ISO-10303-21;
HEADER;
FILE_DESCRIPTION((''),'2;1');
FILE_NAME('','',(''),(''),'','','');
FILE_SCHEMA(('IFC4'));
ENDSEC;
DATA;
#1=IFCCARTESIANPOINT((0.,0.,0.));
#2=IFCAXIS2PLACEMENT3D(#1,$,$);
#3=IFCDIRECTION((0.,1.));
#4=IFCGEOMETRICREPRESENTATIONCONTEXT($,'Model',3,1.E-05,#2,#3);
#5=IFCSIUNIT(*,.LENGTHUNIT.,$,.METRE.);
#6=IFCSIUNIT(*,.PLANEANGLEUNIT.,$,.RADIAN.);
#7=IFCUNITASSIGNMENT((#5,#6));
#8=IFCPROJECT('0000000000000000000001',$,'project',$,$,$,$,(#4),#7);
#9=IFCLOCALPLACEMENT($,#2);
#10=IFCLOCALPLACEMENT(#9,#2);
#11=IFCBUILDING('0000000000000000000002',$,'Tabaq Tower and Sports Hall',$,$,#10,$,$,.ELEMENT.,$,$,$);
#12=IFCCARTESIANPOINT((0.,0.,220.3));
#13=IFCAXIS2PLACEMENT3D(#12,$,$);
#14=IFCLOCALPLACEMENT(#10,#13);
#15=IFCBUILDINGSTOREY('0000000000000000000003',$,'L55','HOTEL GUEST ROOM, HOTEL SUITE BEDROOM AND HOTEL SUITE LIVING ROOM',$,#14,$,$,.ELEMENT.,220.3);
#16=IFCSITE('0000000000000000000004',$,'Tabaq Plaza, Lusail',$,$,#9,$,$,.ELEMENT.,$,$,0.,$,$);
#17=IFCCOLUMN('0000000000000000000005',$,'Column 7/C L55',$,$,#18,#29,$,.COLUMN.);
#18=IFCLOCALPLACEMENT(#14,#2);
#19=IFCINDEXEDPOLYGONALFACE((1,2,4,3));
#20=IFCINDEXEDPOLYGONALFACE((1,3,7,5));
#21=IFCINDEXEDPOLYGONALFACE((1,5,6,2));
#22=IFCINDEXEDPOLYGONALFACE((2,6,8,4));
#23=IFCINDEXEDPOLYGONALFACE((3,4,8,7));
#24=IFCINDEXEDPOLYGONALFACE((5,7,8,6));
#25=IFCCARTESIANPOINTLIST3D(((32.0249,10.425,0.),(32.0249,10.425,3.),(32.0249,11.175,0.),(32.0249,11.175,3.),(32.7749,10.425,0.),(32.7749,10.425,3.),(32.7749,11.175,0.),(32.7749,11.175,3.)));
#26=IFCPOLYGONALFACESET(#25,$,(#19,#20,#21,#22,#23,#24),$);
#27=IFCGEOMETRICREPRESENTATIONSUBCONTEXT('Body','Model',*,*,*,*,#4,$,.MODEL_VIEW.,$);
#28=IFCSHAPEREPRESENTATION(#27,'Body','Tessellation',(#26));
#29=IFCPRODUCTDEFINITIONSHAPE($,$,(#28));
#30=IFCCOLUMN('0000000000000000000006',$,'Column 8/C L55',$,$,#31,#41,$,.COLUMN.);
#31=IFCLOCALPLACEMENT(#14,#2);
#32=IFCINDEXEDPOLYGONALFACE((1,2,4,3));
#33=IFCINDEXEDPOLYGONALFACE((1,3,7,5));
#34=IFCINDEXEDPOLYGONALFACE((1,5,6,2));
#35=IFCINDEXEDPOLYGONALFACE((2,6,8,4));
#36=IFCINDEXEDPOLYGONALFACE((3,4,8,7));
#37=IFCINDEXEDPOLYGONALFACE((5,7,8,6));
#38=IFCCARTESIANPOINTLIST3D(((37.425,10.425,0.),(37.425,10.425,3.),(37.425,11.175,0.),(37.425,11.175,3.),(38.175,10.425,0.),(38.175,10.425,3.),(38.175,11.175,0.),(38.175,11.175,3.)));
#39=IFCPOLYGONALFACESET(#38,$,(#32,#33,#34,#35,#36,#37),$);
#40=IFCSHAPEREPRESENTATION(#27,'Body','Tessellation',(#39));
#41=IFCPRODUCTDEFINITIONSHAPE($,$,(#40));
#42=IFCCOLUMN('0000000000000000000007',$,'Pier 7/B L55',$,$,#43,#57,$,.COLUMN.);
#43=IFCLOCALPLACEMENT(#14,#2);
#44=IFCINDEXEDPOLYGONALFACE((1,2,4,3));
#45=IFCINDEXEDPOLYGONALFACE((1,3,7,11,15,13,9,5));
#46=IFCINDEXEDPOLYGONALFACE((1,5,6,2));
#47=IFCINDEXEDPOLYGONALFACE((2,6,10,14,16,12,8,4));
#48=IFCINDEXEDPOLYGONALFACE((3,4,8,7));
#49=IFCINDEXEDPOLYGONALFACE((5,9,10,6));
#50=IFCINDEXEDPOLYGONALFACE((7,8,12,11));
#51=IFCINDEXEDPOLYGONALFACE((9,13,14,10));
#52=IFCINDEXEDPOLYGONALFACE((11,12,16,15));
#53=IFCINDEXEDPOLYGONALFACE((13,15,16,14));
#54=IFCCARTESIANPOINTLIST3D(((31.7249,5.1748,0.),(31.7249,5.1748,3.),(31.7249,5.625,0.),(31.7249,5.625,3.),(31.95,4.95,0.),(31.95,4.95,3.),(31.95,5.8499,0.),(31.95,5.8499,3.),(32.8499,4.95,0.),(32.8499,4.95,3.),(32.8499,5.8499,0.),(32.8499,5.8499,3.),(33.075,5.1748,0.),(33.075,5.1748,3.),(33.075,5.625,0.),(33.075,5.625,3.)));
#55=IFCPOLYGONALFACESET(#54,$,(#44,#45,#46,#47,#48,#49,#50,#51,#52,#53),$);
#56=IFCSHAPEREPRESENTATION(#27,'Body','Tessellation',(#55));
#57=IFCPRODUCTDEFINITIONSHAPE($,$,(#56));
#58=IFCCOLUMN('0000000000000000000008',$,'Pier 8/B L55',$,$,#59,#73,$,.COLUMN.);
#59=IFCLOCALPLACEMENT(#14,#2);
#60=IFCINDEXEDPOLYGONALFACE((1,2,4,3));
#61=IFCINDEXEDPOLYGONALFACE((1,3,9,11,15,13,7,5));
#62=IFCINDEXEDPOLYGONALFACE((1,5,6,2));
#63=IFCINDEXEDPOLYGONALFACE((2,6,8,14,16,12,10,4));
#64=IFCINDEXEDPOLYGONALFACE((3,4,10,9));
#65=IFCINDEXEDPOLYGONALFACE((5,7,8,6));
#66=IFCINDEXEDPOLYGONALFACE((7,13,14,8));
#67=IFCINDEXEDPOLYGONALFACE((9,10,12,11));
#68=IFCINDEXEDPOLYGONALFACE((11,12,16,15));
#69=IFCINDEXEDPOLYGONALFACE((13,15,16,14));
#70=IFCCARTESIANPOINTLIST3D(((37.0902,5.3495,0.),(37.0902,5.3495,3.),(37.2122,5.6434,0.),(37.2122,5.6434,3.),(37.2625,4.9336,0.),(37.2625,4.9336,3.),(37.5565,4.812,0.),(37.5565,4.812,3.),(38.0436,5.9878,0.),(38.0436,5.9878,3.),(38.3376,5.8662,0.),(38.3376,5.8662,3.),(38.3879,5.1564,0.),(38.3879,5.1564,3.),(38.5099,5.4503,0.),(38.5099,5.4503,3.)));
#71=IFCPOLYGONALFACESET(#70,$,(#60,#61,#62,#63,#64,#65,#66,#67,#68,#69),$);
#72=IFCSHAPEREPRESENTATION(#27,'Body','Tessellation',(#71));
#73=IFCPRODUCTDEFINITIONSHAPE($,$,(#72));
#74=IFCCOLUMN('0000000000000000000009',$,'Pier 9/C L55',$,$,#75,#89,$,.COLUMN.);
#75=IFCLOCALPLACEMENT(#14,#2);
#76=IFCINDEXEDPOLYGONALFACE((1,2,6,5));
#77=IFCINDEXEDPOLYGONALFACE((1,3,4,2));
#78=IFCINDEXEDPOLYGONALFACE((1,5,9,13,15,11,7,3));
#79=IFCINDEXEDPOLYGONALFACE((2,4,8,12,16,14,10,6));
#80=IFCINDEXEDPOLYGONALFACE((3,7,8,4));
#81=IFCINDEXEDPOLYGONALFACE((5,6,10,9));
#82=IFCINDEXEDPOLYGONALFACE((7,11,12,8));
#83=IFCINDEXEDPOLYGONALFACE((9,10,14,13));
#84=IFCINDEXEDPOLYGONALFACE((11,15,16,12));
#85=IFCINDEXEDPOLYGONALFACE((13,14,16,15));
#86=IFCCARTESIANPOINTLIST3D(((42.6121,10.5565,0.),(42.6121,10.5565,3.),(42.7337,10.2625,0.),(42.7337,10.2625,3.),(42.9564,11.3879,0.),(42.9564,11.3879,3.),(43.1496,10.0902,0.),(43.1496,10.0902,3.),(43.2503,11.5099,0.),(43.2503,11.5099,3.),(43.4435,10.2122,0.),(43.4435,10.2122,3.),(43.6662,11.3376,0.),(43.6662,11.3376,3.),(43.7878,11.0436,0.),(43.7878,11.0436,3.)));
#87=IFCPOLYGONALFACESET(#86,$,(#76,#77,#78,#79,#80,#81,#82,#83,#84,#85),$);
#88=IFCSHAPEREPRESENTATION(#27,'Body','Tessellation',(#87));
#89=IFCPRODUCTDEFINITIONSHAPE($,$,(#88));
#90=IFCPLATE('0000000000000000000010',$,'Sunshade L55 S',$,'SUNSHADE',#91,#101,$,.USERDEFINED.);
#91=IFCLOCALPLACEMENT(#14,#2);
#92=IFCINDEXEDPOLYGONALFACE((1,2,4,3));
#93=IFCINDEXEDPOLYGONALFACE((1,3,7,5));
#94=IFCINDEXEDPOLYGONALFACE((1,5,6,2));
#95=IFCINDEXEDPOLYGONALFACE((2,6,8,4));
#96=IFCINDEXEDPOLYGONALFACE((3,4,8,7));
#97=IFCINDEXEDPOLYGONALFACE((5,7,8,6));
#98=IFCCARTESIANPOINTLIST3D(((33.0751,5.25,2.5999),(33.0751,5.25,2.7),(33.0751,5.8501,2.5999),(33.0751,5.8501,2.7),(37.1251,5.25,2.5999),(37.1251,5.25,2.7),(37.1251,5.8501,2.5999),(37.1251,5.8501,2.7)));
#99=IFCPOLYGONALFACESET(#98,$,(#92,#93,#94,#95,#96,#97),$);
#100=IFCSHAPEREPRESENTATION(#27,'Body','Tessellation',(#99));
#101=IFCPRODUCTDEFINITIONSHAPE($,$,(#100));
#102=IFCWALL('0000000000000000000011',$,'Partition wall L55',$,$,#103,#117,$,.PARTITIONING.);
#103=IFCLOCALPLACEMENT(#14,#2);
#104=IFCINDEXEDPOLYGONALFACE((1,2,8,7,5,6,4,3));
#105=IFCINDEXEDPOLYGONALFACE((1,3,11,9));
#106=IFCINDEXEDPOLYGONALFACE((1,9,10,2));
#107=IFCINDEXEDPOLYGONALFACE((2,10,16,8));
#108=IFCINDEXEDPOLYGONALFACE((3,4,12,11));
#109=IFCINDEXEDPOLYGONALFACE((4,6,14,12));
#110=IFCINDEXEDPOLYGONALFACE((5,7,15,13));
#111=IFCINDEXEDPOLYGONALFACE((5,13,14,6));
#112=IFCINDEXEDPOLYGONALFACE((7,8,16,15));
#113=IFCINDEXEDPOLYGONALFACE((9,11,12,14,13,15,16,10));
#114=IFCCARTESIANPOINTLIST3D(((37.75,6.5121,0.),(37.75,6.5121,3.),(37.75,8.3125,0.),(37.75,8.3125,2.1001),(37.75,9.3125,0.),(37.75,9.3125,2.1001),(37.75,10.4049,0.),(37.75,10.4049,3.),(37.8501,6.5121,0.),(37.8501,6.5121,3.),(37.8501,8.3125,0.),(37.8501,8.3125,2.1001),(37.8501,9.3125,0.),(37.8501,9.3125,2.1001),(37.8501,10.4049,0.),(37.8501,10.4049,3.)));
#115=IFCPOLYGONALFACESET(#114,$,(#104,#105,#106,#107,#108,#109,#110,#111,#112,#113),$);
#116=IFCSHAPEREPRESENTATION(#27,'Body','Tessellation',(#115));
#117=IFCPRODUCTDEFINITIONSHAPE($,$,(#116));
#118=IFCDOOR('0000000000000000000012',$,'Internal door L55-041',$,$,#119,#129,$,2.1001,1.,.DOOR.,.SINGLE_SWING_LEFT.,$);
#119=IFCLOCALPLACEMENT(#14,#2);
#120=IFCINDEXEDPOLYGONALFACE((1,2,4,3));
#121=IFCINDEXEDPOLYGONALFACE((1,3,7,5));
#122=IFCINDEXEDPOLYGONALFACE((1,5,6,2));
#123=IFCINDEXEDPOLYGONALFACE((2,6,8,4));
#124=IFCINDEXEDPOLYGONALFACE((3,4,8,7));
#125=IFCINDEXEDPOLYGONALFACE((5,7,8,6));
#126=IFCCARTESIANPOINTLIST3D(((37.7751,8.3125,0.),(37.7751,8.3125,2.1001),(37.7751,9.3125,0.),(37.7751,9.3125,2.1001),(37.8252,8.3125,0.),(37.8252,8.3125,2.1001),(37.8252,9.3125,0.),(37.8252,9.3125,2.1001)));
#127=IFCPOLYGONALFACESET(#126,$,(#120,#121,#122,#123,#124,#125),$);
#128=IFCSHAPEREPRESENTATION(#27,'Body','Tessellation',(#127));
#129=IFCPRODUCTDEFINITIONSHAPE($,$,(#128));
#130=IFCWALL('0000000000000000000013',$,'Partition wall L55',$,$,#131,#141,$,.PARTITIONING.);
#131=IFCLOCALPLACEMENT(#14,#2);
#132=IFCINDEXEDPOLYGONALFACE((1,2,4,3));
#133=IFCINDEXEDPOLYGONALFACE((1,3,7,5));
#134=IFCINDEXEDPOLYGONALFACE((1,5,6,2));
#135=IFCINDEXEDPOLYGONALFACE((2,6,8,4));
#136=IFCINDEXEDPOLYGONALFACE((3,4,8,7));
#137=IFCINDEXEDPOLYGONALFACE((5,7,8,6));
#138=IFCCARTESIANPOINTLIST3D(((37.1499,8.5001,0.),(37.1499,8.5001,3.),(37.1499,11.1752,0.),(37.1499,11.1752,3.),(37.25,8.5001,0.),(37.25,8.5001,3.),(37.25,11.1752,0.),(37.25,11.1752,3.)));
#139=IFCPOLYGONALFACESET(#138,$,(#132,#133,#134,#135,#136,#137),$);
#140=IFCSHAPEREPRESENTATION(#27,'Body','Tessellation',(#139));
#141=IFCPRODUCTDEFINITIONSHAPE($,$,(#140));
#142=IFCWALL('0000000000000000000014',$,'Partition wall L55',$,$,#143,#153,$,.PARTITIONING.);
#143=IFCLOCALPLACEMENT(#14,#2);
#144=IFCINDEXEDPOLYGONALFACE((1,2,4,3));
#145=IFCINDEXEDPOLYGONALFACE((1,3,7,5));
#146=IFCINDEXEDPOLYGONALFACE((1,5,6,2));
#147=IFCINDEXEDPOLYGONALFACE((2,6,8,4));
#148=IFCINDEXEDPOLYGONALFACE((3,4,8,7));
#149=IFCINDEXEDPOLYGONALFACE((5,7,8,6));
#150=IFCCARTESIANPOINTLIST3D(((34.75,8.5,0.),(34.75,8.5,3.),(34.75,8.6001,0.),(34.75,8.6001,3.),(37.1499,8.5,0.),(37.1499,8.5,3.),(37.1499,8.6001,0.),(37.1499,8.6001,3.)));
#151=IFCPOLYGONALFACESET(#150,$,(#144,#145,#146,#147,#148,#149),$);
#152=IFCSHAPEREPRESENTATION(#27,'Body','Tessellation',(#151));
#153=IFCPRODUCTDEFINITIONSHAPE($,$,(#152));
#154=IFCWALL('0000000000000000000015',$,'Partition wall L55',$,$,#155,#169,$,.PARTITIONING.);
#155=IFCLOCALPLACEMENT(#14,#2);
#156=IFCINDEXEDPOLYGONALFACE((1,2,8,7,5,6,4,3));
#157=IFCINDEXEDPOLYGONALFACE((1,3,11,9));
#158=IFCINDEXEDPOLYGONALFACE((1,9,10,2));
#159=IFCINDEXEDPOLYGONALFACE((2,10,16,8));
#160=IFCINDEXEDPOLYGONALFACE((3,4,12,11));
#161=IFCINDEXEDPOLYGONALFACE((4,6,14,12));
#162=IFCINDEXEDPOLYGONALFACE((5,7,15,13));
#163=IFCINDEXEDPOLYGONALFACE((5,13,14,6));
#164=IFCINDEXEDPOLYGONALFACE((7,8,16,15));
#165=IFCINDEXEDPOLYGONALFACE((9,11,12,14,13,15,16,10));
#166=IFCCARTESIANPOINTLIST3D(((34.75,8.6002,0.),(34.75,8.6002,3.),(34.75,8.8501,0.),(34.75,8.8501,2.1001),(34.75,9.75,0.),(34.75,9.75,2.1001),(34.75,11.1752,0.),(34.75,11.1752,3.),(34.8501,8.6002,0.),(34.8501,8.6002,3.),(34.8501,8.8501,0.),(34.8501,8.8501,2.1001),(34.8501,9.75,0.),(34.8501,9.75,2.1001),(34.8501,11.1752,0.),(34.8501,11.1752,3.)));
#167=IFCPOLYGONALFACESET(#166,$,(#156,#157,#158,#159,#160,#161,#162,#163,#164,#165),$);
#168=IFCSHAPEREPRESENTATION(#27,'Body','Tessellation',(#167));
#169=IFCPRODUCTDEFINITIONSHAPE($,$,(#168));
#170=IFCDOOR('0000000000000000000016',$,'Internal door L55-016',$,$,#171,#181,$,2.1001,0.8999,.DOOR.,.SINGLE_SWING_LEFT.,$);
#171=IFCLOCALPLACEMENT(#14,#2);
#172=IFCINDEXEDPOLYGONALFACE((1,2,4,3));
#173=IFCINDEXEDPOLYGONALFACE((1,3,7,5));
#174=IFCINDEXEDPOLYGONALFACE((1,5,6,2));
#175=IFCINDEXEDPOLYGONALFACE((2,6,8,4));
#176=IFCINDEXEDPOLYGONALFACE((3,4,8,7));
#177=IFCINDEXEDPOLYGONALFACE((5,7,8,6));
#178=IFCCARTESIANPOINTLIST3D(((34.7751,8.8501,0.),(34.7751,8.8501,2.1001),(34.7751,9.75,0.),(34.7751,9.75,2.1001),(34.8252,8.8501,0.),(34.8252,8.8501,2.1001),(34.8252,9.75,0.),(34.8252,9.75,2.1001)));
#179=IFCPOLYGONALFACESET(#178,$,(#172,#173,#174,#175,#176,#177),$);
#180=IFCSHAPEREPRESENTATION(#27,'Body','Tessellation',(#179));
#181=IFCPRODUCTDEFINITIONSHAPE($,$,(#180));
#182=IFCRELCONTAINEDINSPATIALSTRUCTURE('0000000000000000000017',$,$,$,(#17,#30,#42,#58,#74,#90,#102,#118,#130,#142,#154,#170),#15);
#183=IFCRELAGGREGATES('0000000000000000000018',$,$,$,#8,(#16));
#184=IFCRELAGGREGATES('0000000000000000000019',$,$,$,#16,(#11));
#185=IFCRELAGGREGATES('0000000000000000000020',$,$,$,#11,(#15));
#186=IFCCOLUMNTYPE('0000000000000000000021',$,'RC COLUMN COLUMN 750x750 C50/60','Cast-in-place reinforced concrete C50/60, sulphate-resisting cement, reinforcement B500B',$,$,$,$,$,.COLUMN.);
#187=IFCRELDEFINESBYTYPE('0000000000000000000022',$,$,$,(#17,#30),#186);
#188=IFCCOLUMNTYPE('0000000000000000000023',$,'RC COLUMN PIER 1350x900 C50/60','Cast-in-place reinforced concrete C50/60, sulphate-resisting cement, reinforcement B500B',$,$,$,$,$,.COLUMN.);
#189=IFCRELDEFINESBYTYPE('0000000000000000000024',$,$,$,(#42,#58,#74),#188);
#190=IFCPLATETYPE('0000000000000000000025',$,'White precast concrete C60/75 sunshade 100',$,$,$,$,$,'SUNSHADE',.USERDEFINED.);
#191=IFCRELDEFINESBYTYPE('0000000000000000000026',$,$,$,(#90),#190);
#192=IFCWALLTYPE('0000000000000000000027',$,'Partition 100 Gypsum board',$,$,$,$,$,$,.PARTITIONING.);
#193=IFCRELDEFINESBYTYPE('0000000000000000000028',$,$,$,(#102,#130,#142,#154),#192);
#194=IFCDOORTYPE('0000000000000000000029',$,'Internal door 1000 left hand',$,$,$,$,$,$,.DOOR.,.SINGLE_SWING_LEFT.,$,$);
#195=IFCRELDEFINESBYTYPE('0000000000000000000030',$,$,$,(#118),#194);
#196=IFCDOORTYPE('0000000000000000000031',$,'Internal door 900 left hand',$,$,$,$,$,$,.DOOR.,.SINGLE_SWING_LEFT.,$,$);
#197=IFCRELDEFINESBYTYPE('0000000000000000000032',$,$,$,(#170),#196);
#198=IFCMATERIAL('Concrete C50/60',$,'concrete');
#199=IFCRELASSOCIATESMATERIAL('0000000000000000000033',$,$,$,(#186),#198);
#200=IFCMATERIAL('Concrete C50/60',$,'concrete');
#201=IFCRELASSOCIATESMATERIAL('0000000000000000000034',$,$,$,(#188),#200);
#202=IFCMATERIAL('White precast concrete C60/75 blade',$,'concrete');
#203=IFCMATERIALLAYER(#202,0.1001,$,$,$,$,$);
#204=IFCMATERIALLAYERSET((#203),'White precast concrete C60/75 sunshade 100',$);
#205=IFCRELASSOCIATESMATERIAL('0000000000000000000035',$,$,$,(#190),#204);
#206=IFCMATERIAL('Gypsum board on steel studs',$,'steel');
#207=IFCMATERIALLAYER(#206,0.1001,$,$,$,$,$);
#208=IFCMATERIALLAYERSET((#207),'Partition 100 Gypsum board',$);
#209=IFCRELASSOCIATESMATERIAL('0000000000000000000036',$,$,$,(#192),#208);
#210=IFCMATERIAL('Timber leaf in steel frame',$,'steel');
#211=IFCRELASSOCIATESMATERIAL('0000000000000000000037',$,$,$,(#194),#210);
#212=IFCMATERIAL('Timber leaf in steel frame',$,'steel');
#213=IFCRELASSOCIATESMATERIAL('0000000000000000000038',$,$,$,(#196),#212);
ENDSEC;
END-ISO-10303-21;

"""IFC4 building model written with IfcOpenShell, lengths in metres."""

from ifc_helpers import new_model, si_unit, direction, frame, frame_2d, origin, origin_2d, place, context, subcontext, project, spatial, polyline, rectangle, outline, extrude, material, layer, layer_set, material_profile, profile_set, type_object, element, fill, save


model = new_model("IFC4")

# Units and contexts
model_context = context("Model", 3, precision=1e-05, world=origin(), true_north=direction((0.0, 1.0)))
body_context = subcontext(model_context, "Body", "Model", "MODEL_VIEW")
ifc_project = project(units=[si_unit("LENGTHUNIT", "METRE"), si_unit("PLANEANGLEUNIT", "RADIAN")], contexts=[model_context])

# Site, building, storey
site_placement = place(None, origin())
site = spatial("IfcSite", under=ifc_project, at=site_placement, Name="Tabaq Plaza, Lusail", CompositionType="ELEMENT", RefElevation=0.0)
building_placement = place(site_placement, origin())
building = spatial("IfcBuilding", under=site, at=building_placement, Name="Tabaq Tower and Sports Hall", CompositionType="ELEMENT")
storey_placement = place(building_placement, frame((0.0, 0.0, 220.3)))
storey = spatial("IfcBuildingStorey", under=building, at=storey_placement, Name="L55", Description="HOTEL GUEST ROOM, HOTEL SUITE BEDROOM AND HOTEL SUITE LIVING ROOM", CompositionType="ELEMENT", Elevation=220.3)

# Columns
ifc_material_1 = material(Name="Concrete C50/60", Category="concrete")
ifc_material_profile_1 = material_profile(ifc_material_1, rectangle(XDim=0.75, YDim=0.75, at=origin_2d()), Name="COLUMN 750x750")
ifc_profile_set_1 = profile_set([ifc_material_profile_1], Name="Concrete C50/60")
column_type_1 = type_object("IfcColumnType", Name="RC COLUMN COLUMN 750x750 C50/60", Description="Cast-in-place reinforced concrete C50/60, sulphate-resisting cement, reinforcement B500B", PredefinedType="COLUMN", material=ifc_profile_set_1)
for number, where, z_axis, x_axis, name in (
    (1, (32.3999, 10.8, 0.0), (0.0, 0.0, 1.0), (1.0, 0.0, 0.0), "Column 7/C L55"),
    (2, (37.8, 10.8, 0.0), (0.0, 0.0, 1.0), (1.0, 0.0, 0.0), "Column 8/C L55"),
):
    element("IfcColumn", number, at=place(storey_placement, frame(where, z_axis=z_axis, x_axis=x_axis)), inside=storey, type_object=column_type_1, Name=name, PredefinedType="COLUMN", context=body_context, shape_type="SweptSolid", body=[
        extrude(rectangle(XDim=0.75, YDim=0.75, at=origin_2d()), origin(), (0.0, 0.0, 1.0), 3.0),
    ])
ifc_material_2 = material(Name="Concrete C50/60", Category="concrete")
ifc_material_profile_2 = material_profile(ifc_material_2, outline(polyline([(-0.45, -0.45), (0.45, -0.45), (0.675, -0.2251), (0.675, 0.2251), (0.45, 0.45), (-0.45, 0.45), (-0.675, 0.2251), (-0.675, -0.2251), (-0.45, -0.45)])), Name="PIER 1350x900")
ifc_profile_set_2 = profile_set([ifc_material_profile_2], Name="Concrete C50/60")
column_type_2 = type_object("IfcColumnType", Name="RC COLUMN PIER 1350x900 C50/60", Description="Cast-in-place reinforced concrete C50/60, sulphate-resisting cement, reinforcement B500B", PredefinedType="COLUMN", material=ifc_profile_set_2)
for number, where, z_axis, x_axis, name in (
    (3, (32.3999, 5.3999, 0.0), (0.0, 0.0, 1.0), (1.0, 0.0, 0.0), "Pier 7/B L55"),
    (4, (37.8, 5.3999, 0.0), (0.0, 0.0, 1.0), (0.92388, 0.382683, 0.0), "Pier 8/B L55"),
    (5, (43.2, 10.8, 0.0), (0.0, 0.0, 1.0), (0.382683, 0.92388, 0.0), "Pier 9/C L55"),
):
    element("IfcColumn", number, at=place(storey_placement, frame(where, z_axis=z_axis, x_axis=x_axis)), inside=storey, type_object=column_type_2, Name=name, PredefinedType="COLUMN", context=body_context, shape_type="SweptSolid", body=[
        extrude(outline(polyline([(-0.45, -0.45), (0.45, -0.45), (0.675, -0.2251), (0.675, 0.2251), (0.45, 0.45), (-0.45, 0.45), (-0.675, 0.2251), (-0.675, -0.2251), (-0.45, -0.45)])), origin(), (0.0, 0.0, 1.0), 3.0),
    ])

# Plate
ifc_material_3 = material(Name="White precast concrete C60/75 blade", Category="concrete")
ifc_layer_1 = layer(ifc_material_3, 0.1001)
ifc_layer_set_1 = layer_set([ifc_layer_1], Name="White precast concrete C60/75 sunshade 100")
plate_type = type_object("IfcPlateType", Name="White precast concrete C60/75 sunshade 100", ElementType="SUNSHADE", PredefinedType="USERDEFINED", material=ifc_layer_set_1)
plate_placement = place(storey_placement, frame((35.1001, 5.55, 2.5999), z_axis=(0.0, 0.0, 1.0), x_axis=(1.0, 0.0, 0.0)))
element("IfcPlate", 6, at=plate_placement, inside=storey, type_object=plate_type, Name="Sunshade L55 S", ObjectType="SUNSHADE", PredefinedType="USERDEFINED", context=body_context, shape_type="SweptSolid", body=[
    extrude(rectangle(XDim=4.05, YDim=0.6001, at=origin_2d()), origin(), (0.0, 0.0, 1.0), 0.1001),
])

# Wall, opening, door
ifc_material_4 = material(Name="Gypsum board on steel studs", Category="steel")
ifc_layer_2 = layer(ifc_material_4, 0.1001)
ifc_layer_set_2 = layer_set([ifc_layer_2], Name="Partition 100 Gypsum board")
wall_type_1 = type_object("IfcWallType", Name="Partition 100 Gypsum board", PredefinedType="PARTITIONING", material=ifc_layer_set_2)
wall_1_placement = place(storey_placement, frame((37.8, 6.5122, 0.0), z_axis=(0.0, 0.0, 1.0), x_axis=(0.0, 1.0, 0.0)))
wall_1 = element("IfcWall", 7, at=wall_1_placement, inside=storey, type_object=wall_type_1, Name="Partition wall L55", PredefinedType="PARTITIONING", context=body_context, shape_type="SweptSolid", body=[
    extrude(rectangle(XDim=3.8928, YDim=0.1001, at=frame_2d((1.9463, 0.0))), origin(), (0.0, 0.0, 1.0), 3.0),
])
opening_1_placement = place(wall_1_placement, frame((1.8003, 0.0, 0.0)))
opening_1 = element("IfcOpeningElement", 8, at=opening_1_placement, cuts=wall_1, PredefinedType="OPENING", context=body_context, shape_type="SweptSolid", body=[
    extrude(rectangle(XDim=1.0, YDim=2.1001, at=frame_2d((0.5, 1.05))), frame((0.0, 0.05, 0.0), z_axis=(0.0, -1.0, 0.0), x_axis=(1.0, 0.0, 0.0)), (0.0, 0.0, 1.0), 0.1001),
])
ifc_material_5 = material(Name="Timber leaf in steel frame", Category="steel")
door_type_1 = type_object("IfcDoorType", Name="Internal door 1000 left hand", OperationType="SINGLE_SWING_LEFT", PredefinedType="DOOR", material=ifc_material_5)
door_1_placement = place(opening_1_placement, origin())
door_1 = element("IfcDoor", 9, at=door_1_placement, inside=storey, type_object=door_type_1, Name="Internal door L55-041", OperationType="SINGLE_SWING_LEFT", OverallHeight=2.1001, OverallWidth=1.0, PredefinedType="DOOR", context=body_context, shape_type="SweptSolid", body=[
    extrude(rectangle(XDim=1.0, YDim=2.1001, at=frame_2d((0.5, 1.05))), frame((0.0, 0.0249, 0.0), z_axis=(0.0, -1.0, 0.0), x_axis=(1.0, 0.0, 0.0)), (0.0, 0.0, 1.0), 0.05),
])
fill(opening_1, door_1)

# Walls
wall_2_placement = place(storey_placement, frame((37.2, 11.175, 0.0), z_axis=(0.0, 0.0, 1.0), x_axis=(0.0, -1.0, 0.0)))
element("IfcWall", 10, at=wall_2_placement, inside=storey, type_object=wall_type_1, Name="Partition wall L55", PredefinedType="PARTITIONING", context=body_context, shape_type="SweptSolid", body=[
    extrude(rectangle(XDim=2.675, YDim=0.1001, at=frame_2d((1.3374, 0.0))), origin(), (0.0, 0.0, 1.0), 3.0),
])
wall_3_placement = place(storey_placement, frame((37.1499, 8.55, 0.0), z_axis=(0.0, 0.0, 1.0), x_axis=(-1.0, 0.0, 0.0)))
element("IfcWall", 11, at=wall_3_placement, inside=storey, type_object=wall_type_1, Name="Partition wall L55", PredefinedType="PARTITIONING", context=body_context, shape_type="SweptSolid", body=[
    extrude(rectangle(XDim=2.3999, YDim=0.1001, at=frame_2d((1.2, 0.0))), origin(), (0.0, 0.0, 1.0), 3.0),
])

# Wall, opening, door
wall_4_placement = place(storey_placement, frame((34.8, 8.6001, 0.0), z_axis=(0.0, 0.0, 1.0), x_axis=(0.0, 1.0, 0.0)))
wall_4 = element("IfcWall", 12, at=wall_4_placement, inside=storey, type_object=wall_type_1, Name="Partition wall L55", PredefinedType="PARTITIONING", context=body_context, shape_type="SweptSolid", body=[
    extrude(rectangle(XDim=2.575, YDim=0.1001, at=frame_2d((1.2876, 0.0))), origin(), (0.0, 0.0, 1.0), 3.0),
])
opening_2_placement = place(wall_4_placement, frame((0.25, 0.0, 0.0)))
opening_2 = element("IfcOpeningElement", 13, at=opening_2_placement, cuts=wall_4, PredefinedType="OPENING", context=body_context, shape_type="SweptSolid", body=[
    extrude(rectangle(XDim=0.8999, YDim=2.1001, at=frame_2d((0.45, 1.05))), frame((0.0, 0.05, 0.0), z_axis=(0.0, -1.0, 0.0), x_axis=(1.0, 0.0, 0.0)), (0.0, 0.0, 1.0), 0.1001),
])
ifc_material_6 = material(Name="Timber leaf in steel frame", Category="steel")
door_type_2 = type_object("IfcDoorType", Name="Internal door 900 left hand", OperationType="SINGLE_SWING_LEFT", PredefinedType="DOOR", material=ifc_material_6)
door_2_placement = place(opening_2_placement, origin())
door_2 = element("IfcDoor", 14, at=door_2_placement, inside=storey, type_object=door_type_2, Name="Internal door L55-016", OperationType="SINGLE_SWING_LEFT", OverallHeight=2.1001, OverallWidth=0.8999, PredefinedType="DOOR", context=body_context, shape_type="SweptSolid", body=[
    extrude(rectangle(XDim=0.8999, YDim=2.1001, at=frame_2d((0.45, 1.05))), frame((0.0, 0.0249, 0.0), z_axis=(0.0, -1.0, 0.0), x_axis=(1.0, 0.0, 0.0)), (0.0, 0.0, 1.0), 0.05),
])
fill(opening_2, door_2)

save(model, "model.ifc")
